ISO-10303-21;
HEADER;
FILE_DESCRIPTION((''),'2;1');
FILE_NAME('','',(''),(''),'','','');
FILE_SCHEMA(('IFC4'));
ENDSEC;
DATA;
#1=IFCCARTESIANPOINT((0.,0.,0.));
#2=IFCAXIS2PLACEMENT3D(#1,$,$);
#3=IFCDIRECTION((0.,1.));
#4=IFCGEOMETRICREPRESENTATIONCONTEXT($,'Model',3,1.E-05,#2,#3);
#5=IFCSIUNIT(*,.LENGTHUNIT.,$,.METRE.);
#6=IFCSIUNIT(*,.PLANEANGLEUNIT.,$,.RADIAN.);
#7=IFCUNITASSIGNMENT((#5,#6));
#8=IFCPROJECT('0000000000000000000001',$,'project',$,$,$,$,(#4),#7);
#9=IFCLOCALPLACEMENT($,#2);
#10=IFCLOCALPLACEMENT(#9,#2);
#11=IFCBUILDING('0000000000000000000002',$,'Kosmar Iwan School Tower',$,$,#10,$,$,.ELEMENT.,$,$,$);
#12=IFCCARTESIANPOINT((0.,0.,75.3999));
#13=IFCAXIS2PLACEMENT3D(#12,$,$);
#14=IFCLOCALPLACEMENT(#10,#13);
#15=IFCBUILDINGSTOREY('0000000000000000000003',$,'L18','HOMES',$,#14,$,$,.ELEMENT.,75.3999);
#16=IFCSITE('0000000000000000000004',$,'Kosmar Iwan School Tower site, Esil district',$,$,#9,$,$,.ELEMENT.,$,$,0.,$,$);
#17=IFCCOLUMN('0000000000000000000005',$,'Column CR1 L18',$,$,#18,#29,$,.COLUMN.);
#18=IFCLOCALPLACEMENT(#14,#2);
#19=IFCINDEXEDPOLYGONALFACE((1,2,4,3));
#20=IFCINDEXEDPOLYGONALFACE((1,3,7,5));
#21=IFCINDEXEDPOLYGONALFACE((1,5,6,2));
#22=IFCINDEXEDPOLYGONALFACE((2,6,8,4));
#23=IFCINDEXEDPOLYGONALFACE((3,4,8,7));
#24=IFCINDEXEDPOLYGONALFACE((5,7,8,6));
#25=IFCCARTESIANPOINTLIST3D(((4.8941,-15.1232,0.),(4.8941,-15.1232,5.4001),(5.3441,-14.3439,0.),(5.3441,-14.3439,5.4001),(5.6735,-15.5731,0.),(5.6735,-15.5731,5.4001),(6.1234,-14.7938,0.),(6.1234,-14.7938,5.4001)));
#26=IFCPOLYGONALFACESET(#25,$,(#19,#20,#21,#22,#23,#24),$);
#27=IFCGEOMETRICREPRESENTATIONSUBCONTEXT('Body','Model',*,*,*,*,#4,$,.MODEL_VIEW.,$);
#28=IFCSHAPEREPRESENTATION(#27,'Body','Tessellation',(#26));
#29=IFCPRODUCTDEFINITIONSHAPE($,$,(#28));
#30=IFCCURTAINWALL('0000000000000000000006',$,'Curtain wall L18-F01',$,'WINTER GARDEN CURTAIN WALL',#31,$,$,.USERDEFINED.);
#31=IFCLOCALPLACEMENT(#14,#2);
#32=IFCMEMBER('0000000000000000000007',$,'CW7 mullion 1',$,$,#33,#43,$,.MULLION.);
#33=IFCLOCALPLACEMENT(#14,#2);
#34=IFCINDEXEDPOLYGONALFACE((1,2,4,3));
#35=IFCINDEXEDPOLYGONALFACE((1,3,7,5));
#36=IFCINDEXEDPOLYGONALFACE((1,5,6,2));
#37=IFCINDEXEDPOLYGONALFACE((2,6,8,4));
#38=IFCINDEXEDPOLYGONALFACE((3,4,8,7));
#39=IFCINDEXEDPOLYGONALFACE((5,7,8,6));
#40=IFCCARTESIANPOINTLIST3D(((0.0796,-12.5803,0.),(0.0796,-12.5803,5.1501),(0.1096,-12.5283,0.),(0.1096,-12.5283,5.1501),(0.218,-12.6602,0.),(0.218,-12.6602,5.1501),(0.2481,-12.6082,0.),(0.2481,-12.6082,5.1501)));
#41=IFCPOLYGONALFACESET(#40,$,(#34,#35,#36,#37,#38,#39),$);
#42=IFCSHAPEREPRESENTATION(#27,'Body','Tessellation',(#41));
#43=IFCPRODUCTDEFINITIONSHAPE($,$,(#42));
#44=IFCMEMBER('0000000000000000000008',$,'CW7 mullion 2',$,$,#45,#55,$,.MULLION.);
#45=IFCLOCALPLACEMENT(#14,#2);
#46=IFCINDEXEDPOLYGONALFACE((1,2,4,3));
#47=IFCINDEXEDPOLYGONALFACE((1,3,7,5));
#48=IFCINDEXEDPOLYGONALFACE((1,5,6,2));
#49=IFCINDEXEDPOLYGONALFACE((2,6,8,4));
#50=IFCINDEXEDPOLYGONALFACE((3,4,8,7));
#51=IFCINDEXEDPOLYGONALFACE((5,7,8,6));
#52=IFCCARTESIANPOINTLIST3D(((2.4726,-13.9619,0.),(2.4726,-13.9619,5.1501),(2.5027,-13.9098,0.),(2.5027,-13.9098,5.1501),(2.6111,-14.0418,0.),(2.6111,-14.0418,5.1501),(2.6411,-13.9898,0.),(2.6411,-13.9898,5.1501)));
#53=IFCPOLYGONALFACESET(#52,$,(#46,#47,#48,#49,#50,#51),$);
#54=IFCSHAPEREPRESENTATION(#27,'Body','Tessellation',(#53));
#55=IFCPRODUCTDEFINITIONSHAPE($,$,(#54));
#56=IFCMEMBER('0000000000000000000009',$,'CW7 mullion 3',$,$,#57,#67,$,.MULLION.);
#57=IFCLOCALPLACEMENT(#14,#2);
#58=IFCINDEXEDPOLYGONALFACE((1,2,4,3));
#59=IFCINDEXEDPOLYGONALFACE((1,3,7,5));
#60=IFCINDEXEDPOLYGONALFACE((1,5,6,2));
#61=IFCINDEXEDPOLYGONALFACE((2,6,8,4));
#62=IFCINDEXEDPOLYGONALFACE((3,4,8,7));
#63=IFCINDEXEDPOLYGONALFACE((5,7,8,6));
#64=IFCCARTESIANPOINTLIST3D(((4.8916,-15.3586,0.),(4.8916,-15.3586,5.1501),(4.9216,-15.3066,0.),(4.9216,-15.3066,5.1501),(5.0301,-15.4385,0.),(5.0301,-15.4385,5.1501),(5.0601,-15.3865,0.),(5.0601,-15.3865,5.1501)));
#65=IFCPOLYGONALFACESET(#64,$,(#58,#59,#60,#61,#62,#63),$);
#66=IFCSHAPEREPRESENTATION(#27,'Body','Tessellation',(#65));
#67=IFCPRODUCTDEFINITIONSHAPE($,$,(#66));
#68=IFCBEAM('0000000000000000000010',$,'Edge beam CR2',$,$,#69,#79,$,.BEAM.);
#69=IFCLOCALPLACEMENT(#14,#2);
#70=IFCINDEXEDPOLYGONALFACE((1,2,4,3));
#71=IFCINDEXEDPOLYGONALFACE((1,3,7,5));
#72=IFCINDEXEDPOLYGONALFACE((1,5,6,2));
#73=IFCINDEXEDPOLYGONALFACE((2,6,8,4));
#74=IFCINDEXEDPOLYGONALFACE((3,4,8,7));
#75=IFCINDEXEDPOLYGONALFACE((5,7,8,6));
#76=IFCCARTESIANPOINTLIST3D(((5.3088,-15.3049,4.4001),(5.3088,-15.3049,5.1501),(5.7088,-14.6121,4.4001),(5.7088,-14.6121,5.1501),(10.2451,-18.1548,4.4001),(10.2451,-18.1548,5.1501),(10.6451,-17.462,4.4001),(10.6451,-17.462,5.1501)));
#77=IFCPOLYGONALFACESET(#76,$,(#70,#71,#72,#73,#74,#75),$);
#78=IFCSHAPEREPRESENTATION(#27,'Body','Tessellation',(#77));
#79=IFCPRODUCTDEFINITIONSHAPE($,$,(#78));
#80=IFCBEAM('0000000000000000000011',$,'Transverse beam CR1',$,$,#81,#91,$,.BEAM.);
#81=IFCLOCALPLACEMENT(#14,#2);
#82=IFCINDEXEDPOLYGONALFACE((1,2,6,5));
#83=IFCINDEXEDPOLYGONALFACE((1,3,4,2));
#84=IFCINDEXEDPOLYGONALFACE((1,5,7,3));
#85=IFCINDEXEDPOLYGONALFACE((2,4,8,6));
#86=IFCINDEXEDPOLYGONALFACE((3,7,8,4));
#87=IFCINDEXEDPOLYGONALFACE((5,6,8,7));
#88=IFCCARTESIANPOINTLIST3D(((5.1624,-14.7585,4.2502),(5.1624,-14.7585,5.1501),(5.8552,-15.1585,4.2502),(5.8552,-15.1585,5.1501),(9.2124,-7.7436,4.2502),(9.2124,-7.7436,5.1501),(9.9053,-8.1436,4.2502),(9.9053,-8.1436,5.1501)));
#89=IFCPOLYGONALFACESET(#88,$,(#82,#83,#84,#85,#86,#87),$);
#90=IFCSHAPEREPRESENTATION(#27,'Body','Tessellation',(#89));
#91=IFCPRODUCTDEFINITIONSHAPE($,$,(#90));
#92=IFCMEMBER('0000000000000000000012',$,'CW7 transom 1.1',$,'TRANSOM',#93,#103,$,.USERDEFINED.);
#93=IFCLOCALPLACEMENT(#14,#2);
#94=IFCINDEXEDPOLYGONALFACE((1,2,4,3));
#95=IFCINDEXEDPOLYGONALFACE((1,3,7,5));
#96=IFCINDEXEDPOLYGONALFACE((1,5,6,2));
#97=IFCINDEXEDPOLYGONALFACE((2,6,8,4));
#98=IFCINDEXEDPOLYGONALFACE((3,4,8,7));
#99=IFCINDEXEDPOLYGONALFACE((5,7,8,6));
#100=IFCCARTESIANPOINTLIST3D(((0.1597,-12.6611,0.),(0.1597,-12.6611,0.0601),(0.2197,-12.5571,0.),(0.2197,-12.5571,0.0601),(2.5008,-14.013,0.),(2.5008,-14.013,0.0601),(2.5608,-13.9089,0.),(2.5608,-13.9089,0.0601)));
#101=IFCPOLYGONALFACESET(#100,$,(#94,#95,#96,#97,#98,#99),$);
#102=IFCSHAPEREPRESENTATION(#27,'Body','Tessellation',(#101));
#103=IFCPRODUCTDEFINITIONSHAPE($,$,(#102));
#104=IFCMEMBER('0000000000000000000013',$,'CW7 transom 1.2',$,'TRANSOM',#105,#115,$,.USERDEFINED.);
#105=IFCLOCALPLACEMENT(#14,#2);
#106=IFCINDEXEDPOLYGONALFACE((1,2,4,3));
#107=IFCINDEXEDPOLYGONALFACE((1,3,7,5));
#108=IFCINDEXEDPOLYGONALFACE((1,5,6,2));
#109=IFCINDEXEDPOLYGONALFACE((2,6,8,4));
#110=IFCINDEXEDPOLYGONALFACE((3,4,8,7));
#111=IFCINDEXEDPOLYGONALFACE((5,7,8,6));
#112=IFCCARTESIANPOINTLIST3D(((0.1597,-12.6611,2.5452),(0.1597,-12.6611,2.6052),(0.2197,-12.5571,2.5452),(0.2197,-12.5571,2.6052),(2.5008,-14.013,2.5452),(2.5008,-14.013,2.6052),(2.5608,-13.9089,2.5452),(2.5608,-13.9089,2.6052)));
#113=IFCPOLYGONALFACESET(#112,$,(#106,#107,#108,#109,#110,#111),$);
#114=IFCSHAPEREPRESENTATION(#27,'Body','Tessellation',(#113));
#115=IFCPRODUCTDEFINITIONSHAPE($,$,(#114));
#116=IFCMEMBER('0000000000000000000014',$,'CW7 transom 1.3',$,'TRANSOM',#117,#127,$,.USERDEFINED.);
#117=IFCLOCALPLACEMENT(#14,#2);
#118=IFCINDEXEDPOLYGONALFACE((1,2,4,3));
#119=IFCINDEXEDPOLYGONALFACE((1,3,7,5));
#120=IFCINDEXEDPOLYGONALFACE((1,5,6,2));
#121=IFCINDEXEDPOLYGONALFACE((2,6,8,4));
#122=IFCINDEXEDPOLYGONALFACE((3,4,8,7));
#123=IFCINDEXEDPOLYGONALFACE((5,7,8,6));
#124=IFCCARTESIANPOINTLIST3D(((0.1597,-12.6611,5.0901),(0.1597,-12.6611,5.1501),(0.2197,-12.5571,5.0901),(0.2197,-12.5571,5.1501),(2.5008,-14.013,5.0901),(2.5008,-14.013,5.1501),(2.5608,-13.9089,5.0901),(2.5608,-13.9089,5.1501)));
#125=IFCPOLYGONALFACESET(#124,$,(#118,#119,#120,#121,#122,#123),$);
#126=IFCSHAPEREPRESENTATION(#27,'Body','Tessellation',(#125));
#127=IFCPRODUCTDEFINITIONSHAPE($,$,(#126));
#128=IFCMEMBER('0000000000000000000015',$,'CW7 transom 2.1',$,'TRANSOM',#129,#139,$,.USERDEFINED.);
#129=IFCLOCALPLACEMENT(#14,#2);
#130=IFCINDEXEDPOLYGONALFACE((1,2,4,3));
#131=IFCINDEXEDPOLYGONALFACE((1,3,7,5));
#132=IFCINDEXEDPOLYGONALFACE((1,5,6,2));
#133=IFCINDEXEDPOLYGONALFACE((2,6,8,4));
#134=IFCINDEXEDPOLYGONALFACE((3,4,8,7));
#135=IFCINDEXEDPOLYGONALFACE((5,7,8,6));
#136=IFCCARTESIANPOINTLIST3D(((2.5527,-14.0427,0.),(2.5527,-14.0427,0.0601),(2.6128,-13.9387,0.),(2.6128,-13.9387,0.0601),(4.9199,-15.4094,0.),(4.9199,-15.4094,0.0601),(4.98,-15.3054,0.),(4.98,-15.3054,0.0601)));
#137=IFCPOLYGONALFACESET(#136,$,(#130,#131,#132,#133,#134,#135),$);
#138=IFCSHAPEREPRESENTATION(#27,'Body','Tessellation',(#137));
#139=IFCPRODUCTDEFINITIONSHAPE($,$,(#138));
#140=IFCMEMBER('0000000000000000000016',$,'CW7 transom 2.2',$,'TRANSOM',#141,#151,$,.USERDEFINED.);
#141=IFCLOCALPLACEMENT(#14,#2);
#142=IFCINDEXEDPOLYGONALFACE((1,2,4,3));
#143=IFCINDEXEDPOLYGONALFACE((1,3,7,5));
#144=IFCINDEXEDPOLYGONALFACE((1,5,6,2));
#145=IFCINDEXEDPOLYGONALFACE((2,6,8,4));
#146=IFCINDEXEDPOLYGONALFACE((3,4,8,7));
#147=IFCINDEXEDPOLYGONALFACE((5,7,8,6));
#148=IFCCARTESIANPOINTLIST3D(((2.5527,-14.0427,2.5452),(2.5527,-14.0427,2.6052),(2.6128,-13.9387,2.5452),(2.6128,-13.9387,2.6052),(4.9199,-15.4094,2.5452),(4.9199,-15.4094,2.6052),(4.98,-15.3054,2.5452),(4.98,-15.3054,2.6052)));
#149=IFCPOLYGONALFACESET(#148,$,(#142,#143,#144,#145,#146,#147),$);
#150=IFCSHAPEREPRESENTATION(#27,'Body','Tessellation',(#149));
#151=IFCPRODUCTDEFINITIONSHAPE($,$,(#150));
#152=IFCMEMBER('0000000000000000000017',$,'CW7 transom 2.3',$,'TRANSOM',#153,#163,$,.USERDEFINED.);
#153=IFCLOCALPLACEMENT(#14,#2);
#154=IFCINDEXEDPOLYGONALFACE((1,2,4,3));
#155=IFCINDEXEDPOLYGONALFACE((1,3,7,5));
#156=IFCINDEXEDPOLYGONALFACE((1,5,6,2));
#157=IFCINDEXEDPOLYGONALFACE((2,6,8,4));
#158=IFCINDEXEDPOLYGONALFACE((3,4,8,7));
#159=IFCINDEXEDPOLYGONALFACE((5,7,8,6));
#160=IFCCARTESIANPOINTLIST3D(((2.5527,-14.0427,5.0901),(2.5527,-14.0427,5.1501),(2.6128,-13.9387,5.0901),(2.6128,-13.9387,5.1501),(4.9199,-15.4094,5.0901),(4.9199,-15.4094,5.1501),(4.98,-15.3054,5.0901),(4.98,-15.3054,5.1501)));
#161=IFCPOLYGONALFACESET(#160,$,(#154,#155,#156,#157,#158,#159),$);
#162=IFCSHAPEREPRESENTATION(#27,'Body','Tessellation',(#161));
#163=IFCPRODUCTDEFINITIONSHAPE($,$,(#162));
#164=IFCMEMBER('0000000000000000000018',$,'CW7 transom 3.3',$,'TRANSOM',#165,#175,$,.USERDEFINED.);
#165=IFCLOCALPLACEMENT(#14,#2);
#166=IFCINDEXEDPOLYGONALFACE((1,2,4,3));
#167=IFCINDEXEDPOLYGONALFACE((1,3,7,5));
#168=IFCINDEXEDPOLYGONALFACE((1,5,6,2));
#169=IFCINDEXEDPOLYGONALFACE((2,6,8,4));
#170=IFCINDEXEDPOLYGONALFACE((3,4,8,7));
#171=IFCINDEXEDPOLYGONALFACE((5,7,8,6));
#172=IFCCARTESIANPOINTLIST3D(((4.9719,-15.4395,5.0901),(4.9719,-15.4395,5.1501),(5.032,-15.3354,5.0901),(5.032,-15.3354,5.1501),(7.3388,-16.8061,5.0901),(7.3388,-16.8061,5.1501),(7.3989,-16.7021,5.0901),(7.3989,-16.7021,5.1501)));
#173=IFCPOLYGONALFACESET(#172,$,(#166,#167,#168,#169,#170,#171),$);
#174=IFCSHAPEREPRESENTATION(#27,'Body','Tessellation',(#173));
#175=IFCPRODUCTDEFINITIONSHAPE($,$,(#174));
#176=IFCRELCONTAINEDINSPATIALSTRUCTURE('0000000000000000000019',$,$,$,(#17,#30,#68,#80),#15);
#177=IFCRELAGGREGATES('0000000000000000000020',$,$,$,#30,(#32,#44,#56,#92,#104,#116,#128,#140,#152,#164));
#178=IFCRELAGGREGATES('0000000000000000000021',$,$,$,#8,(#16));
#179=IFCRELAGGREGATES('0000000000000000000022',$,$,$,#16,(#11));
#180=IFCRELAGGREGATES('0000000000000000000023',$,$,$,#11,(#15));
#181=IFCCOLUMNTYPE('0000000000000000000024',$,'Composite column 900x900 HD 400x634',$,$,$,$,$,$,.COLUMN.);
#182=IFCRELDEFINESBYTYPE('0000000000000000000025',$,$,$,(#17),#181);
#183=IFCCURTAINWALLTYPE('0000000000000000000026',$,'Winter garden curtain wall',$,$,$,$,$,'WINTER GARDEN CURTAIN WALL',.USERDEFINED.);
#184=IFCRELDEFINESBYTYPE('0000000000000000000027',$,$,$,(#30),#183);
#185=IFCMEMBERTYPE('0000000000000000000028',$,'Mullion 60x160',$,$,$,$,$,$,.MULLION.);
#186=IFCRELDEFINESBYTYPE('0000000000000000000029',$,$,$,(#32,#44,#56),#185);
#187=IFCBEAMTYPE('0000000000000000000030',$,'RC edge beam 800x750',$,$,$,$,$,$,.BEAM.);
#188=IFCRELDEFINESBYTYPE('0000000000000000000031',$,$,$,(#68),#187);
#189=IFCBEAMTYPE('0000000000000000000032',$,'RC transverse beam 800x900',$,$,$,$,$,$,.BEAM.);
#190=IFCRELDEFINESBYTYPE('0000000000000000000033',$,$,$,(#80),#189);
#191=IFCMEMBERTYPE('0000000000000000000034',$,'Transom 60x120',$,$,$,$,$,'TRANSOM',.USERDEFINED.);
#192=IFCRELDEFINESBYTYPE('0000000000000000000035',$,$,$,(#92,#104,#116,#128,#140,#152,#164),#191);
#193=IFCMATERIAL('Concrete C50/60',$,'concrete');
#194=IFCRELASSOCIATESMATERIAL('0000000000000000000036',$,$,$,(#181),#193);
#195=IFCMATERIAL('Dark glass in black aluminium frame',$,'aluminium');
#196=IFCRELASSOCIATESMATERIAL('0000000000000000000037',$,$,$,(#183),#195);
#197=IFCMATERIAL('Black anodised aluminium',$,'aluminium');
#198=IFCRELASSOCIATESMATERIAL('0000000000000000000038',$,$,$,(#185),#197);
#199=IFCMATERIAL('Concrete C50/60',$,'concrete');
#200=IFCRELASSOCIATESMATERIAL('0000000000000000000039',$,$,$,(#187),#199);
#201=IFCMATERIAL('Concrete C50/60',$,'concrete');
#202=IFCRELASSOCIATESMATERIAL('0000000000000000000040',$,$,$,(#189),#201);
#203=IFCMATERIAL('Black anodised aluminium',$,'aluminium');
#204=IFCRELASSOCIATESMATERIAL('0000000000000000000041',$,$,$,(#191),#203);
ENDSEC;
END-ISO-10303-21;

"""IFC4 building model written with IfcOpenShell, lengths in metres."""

from ifc_helpers import new_model, si_unit, direction, frame, origin, origin_2d, place, context, subcontext, project, spatial, rectangle, extrude, material, material_profile, profile_set, type_object, element, aggregate, save


model = new_model("IFC4")

# Units and contexts
model_context = context("Model", 3, precision=1e-05, world=origin(), true_north=direction((0.0, 1.0)))
body_context = subcontext(model_context, "Body", "Model", "MODEL_VIEW")
ifc_project = project(units=[si_unit("LENGTHUNIT", "METRE"), si_unit("PLANEANGLEUNIT", "RADIAN")], contexts=[model_context])

# Site, building, storey
site_placement = place(None, origin())
site = spatial("IfcSite", under=ifc_project, at=site_placement, Name="Kosmar Iwan School Tower site, Esil district", CompositionType="ELEMENT", RefElevation=0.0)
building_placement = place(site_placement, origin())
building = spatial("IfcBuilding", under=site, at=building_placement, Name="Kosmar Iwan School Tower", CompositionType="ELEMENT")
storey_placement = place(building_placement, frame((0.0, 0.0, 75.3999)))
storey = spatial("IfcBuildingStorey", under=building, at=storey_placement, Name="L18", Description="HOMES", CompositionType="ELEMENT", Elevation=75.3999)

# Column
ifc_material_1 = material(Name="Concrete C50/60", Category="concrete")
ifc_material_profile_1 = material_profile(ifc_material_1, rectangle(XDim=0.8999, YDim=0.8999, at=origin_2d()), Name="RC 900x900 + HD 400x634")
ifc_profile_set_1 = profile_set([ifc_material_profile_1], Name="Concrete C50/60")
column_type = type_object("IfcColumnType", Name="Composite column 900x900 HD 400x634", PredefinedType="COLUMN", material=ifc_profile_set_1)
column_placement = place(storey_placement, frame((5.5088, -14.9585, 0.0), z_axis=(0.0, 0.0, 1.0), x_axis=(0.866025, -0.5, 0.0)))
element("IfcColumn", 1, at=column_placement, inside=storey, type_object=column_type, Name="Column CR1 L18", PredefinedType="COLUMN", context=body_context, shape_type="SweptSolid", body=[
    extrude(rectangle(XDim=0.8999, YDim=0.8999, at=origin_2d()), origin(), (0.0, 0.0, 1.0), 5.4001),
])

# Curtain wall, members
ifc_material_2 = material(Name="Dark glass in black aluminium frame", Category="aluminium")
curtain_wall_type = type_object("IfcCurtainWallType", Name="Winter garden curtain wall", ElementType="WINTER GARDEN CURTAIN WALL", PredefinedType="USERDEFINED", material=ifc_material_2)
curtain_wall_placement = place(storey_placement, origin())
curtain_wall = element("IfcCurtainWall", 2, at=curtain_wall_placement, inside=storey, type_object=curtain_wall_type, Name="Curtain wall L18-F01", ObjectType="WINTER GARDEN CURTAIN WALL", PredefinedType="USERDEFINED")
ifc_material_3 = material(Name="Black anodised aluminium", Category="aluminium")
ifc_material_profile_2 = material_profile(ifc_material_3, rectangle(XDim=0.0601, YDim=0.1599, at=origin_2d()), Name="MULLION 60x160")
ifc_profile_set_2 = profile_set([ifc_material_profile_2], Name="Black anodised aluminium")
member_type_1 = type_object("IfcMemberType", Name="Mullion 60x160", PredefinedType="MULLION", material=ifc_profile_set_2)
member_1_placement = place(storey_placement, frame((0.1638, -12.5942, 0.0), z_axis=(0.0, 0.0, 1.0), x_axis=(0.5, 0.866025, 0.0)))
member_1 = element("IfcMember", 3, at=member_1_placement, type_object=member_type_1, Name="CW7 mullion 1", PredefinedType="MULLION", context=body_context, shape_type="SweptSolid", body=[
    extrude(rectangle(XDim=0.0601, YDim=0.1599, at=origin_2d()), origin(), (0.0, 0.0, 1.0), 5.1501),
])
member_2_placement = place(storey_placement, frame((2.5569, -13.9758, 0.0), z_axis=(0.0, 0.0, 1.0), x_axis=(0.5, 0.866025, 0.0)))
member_2 = element("IfcMember", 4, at=member_2_placement, type_object=member_type_1, Name="CW7 mullion 2", PredefinedType="MULLION", context=body_context, shape_type="SweptSolid", body=[
    extrude(rectangle(XDim=0.0601, YDim=0.1599, at=origin_2d()), origin(), (0.0, 0.0, 1.0), 5.1501),
])
member_3_placement = place(storey_placement, frame((4.9758, -15.3726, 0.0), z_axis=(0.0, 0.0, 1.0), x_axis=(0.5, 0.866025, 0.0)))
member_3 = element("IfcMember", 5, at=member_3_placement, type_object=member_type_1, Name="CW7 mullion 3", PredefinedType="MULLION", context=body_context, shape_type="SweptSolid", body=[
    extrude(rectangle(XDim=0.0601, YDim=0.1599, at=origin_2d()), origin(), (0.0, 0.0, 1.0), 5.1501),
])

# Beams
ifc_material_4 = material(Name="Concrete C50/60", Category="concrete")
ifc_material_profile_3 = material_profile(ifc_material_4, rectangle(XDim=0.8, YDim=0.75, at=origin_2d()), Name="RC 800x750")
ifc_profile_set_3 = profile_set([ifc_material_profile_3], Name="Concrete C50/60")
beam_type_1 = type_object("IfcBeamType", Name="RC edge beam 800x750", PredefinedType="BEAM", material=ifc_profile_set_3)
beam_1_placement = place(storey_placement, frame((5.5088, -14.9585, 4.7751), z_axis=(0.866034, -0.499986, 0.0), x_axis=(0.499986, 0.866034, 0.0)))
element("IfcBeam", 6, at=beam_1_placement, inside=storey, type_object=beam_type_1, Name="Edge beam CR2", PredefinedType="BEAM", context=body_context, shape_type="SweptSolid", body=[
    extrude(rectangle(XDim=0.8, YDim=0.75, at=origin_2d()), origin(), (0.0, 0.0, 1.0), 5.7),
])
ifc_material_5 = material(Name="Concrete C50/60", Category="concrete")
ifc_material_profile_4 = material_profile(ifc_material_5, rectangle(XDim=0.8, YDim=0.8999, at=origin_2d()), Name="RC 800x900")
ifc_profile_set_4 = profile_set([ifc_material_profile_4], Name="Concrete C50/60")
beam_type_2 = type_object("IfcBeamType", Name="RC transverse beam 800x900", PredefinedType="BEAM", material=ifc_profile_set_4)
beam_2_placement = place(storey_placement, frame((5.5088, -14.9585, 4.7002), z_axis=(0.5, 0.866025, 0.0), x_axis=(-0.866025, 0.5, 0.0)))
element("IfcBeam", 7, at=beam_2_placement, inside=storey, type_object=beam_type_2, Name="Transverse beam CR1", PredefinedType="BEAM", context=body_context, shape_type="SweptSolid", body=[
    extrude(rectangle(XDim=0.8, YDim=0.8999, at=origin_2d()), origin(), (0.0, 0.0, 1.0), 8.1001),
])

# Members
ifc_material_6 = material(Name="Black anodised aluminium", Category="aluminium")
ifc_material_profile_5 = material_profile(ifc_material_6, rectangle(XDim=0.1201, YDim=0.0601, at=origin_2d()), Name="TRANSOM 60x120")
ifc_profile_set_5 = profile_set([ifc_material_profile_5], Name="Black anodised aluminium")
member_type_2 = type_object("IfcMemberType", Name="Transom 60x120", ElementType="TRANSOM", PredefinedType="USERDEFINED", material=ifc_profile_set_5)
member_4_placement = place(storey_placement, frame((0.1897, -12.6091, 0.03), z_axis=(0.865995, -0.500053, 0.0), x_axis=(0.500053, 0.865995, 0.0)))
member_4 = element("IfcMember", 8, at=member_4_placement, type_object=member_type_2, Name="CW7 transom 1.1", ObjectType="TRANSOM", PredefinedType="USERDEFINED", context=body_context, shape_type="SweptSolid", body=[
    extrude(rectangle(XDim=0.1201, YDim=0.0601, at=origin_2d()), origin(), (0.0, 0.0, 1.0), 2.7034),
])
member_5_placement = place(storey_placement, frame((0.1897, -12.6091, 2.5752), z_axis=(0.865995, -0.500053, 0.0), x_axis=(0.500053, 0.865995, 0.0)))
member_5 = element("IfcMember", 9, at=member_5_placement, type_object=member_type_2, Name="CW7 transom 1.2", ObjectType="TRANSOM", PredefinedType="USERDEFINED", context=body_context, shape_type="SweptSolid", body=[
    extrude(rectangle(XDim=0.1201, YDim=0.0601, at=origin_2d()), origin(), (0.0, 0.0, 1.0), 2.7034),
])
member_6_placement = place(storey_placement, frame((0.1897, -12.6091, 5.1201), z_axis=(0.865995, -0.500053, 0.0), x_axis=(0.500053, 0.865995, 0.0)))
member_6 = element("IfcMember", 10, at=member_6_placement, type_object=member_type_2, Name="CW7 transom 1.3", ObjectType="TRANSOM", PredefinedType="USERDEFINED", context=body_context, shape_type="SweptSolid", body=[
    extrude(rectangle(XDim=0.1201, YDim=0.0601, at=origin_2d()), origin(), (0.0, 0.0, 1.0), 2.7034),
])
member_7_placement = place(storey_placement, frame((2.5828, -13.9907, 0.03), z_axis=(0.866025, -0.500001, 0.0), x_axis=(0.500001, 0.866025, 0.0)))
member_7 = element("IfcMember", 11, at=member_7_placement, type_object=member_type_2, Name="CW7 transom 2.1", ObjectType="TRANSOM", PredefinedType="USERDEFINED", context=body_context, shape_type="SweptSolid", body=[
    extrude(rectangle(XDim=0.1201, YDim=0.0601, at=origin_2d()), origin(), (0.0, 0.0, 1.0), 2.7334),
])
member_8_placement = place(storey_placement, frame((2.5828, -13.9907, 2.5752), z_axis=(0.866025, -0.500001, 0.0), x_axis=(0.500001, 0.866025, 0.0)))
member_8 = element("IfcMember", 12, at=member_8_placement, type_object=member_type_2, Name="CW7 transom 2.2", ObjectType="TRANSOM", PredefinedType="USERDEFINED", context=body_context, shape_type="SweptSolid", body=[
    extrude(rectangle(XDim=0.1201, YDim=0.0601, at=origin_2d()), origin(), (0.0, 0.0, 1.0), 2.7334),
])
member_9_placement = place(storey_placement, frame((2.5828, -13.9907, 5.1201), z_axis=(0.866025, -0.500001, 0.0), x_axis=(0.500001, 0.866025, 0.0)))
member_9 = element("IfcMember", 13, at=member_9_placement, type_object=member_type_2, Name="CW7 transom 2.3", ObjectType="TRANSOM", PredefinedType="USERDEFINED", context=body_context, shape_type="SweptSolid", body=[
    extrude(rectangle(XDim=0.1201, YDim=0.0601, at=origin_2d()), origin(), (0.0, 0.0, 1.0), 2.7334),
])
member_10_placement = place(storey_placement, frame((5.002, -15.3875, 5.1201), z_axis=(0.866003, -0.500039, 0.0), x_axis=(0.500039, 0.866003, 0.0)))
member_10 = element("IfcMember", 14, at=member_10_placement, type_object=member_type_2, Name="CW7 transom 3.3", ObjectType="TRANSOM", PredefinedType="USERDEFINED", context=body_context, shape_type="SweptSolid", body=[
    extrude(rectangle(XDim=0.1201, YDim=0.0601, at=origin_2d()), origin(), (0.0, 0.0, 1.0), 2.7332),
])

aggregate(curtain_wall, [member_1, member_2, member_3, member_4, member_5, member_6, member_7, member_8, member_9, member_10])

save(model, "model.ifc")
